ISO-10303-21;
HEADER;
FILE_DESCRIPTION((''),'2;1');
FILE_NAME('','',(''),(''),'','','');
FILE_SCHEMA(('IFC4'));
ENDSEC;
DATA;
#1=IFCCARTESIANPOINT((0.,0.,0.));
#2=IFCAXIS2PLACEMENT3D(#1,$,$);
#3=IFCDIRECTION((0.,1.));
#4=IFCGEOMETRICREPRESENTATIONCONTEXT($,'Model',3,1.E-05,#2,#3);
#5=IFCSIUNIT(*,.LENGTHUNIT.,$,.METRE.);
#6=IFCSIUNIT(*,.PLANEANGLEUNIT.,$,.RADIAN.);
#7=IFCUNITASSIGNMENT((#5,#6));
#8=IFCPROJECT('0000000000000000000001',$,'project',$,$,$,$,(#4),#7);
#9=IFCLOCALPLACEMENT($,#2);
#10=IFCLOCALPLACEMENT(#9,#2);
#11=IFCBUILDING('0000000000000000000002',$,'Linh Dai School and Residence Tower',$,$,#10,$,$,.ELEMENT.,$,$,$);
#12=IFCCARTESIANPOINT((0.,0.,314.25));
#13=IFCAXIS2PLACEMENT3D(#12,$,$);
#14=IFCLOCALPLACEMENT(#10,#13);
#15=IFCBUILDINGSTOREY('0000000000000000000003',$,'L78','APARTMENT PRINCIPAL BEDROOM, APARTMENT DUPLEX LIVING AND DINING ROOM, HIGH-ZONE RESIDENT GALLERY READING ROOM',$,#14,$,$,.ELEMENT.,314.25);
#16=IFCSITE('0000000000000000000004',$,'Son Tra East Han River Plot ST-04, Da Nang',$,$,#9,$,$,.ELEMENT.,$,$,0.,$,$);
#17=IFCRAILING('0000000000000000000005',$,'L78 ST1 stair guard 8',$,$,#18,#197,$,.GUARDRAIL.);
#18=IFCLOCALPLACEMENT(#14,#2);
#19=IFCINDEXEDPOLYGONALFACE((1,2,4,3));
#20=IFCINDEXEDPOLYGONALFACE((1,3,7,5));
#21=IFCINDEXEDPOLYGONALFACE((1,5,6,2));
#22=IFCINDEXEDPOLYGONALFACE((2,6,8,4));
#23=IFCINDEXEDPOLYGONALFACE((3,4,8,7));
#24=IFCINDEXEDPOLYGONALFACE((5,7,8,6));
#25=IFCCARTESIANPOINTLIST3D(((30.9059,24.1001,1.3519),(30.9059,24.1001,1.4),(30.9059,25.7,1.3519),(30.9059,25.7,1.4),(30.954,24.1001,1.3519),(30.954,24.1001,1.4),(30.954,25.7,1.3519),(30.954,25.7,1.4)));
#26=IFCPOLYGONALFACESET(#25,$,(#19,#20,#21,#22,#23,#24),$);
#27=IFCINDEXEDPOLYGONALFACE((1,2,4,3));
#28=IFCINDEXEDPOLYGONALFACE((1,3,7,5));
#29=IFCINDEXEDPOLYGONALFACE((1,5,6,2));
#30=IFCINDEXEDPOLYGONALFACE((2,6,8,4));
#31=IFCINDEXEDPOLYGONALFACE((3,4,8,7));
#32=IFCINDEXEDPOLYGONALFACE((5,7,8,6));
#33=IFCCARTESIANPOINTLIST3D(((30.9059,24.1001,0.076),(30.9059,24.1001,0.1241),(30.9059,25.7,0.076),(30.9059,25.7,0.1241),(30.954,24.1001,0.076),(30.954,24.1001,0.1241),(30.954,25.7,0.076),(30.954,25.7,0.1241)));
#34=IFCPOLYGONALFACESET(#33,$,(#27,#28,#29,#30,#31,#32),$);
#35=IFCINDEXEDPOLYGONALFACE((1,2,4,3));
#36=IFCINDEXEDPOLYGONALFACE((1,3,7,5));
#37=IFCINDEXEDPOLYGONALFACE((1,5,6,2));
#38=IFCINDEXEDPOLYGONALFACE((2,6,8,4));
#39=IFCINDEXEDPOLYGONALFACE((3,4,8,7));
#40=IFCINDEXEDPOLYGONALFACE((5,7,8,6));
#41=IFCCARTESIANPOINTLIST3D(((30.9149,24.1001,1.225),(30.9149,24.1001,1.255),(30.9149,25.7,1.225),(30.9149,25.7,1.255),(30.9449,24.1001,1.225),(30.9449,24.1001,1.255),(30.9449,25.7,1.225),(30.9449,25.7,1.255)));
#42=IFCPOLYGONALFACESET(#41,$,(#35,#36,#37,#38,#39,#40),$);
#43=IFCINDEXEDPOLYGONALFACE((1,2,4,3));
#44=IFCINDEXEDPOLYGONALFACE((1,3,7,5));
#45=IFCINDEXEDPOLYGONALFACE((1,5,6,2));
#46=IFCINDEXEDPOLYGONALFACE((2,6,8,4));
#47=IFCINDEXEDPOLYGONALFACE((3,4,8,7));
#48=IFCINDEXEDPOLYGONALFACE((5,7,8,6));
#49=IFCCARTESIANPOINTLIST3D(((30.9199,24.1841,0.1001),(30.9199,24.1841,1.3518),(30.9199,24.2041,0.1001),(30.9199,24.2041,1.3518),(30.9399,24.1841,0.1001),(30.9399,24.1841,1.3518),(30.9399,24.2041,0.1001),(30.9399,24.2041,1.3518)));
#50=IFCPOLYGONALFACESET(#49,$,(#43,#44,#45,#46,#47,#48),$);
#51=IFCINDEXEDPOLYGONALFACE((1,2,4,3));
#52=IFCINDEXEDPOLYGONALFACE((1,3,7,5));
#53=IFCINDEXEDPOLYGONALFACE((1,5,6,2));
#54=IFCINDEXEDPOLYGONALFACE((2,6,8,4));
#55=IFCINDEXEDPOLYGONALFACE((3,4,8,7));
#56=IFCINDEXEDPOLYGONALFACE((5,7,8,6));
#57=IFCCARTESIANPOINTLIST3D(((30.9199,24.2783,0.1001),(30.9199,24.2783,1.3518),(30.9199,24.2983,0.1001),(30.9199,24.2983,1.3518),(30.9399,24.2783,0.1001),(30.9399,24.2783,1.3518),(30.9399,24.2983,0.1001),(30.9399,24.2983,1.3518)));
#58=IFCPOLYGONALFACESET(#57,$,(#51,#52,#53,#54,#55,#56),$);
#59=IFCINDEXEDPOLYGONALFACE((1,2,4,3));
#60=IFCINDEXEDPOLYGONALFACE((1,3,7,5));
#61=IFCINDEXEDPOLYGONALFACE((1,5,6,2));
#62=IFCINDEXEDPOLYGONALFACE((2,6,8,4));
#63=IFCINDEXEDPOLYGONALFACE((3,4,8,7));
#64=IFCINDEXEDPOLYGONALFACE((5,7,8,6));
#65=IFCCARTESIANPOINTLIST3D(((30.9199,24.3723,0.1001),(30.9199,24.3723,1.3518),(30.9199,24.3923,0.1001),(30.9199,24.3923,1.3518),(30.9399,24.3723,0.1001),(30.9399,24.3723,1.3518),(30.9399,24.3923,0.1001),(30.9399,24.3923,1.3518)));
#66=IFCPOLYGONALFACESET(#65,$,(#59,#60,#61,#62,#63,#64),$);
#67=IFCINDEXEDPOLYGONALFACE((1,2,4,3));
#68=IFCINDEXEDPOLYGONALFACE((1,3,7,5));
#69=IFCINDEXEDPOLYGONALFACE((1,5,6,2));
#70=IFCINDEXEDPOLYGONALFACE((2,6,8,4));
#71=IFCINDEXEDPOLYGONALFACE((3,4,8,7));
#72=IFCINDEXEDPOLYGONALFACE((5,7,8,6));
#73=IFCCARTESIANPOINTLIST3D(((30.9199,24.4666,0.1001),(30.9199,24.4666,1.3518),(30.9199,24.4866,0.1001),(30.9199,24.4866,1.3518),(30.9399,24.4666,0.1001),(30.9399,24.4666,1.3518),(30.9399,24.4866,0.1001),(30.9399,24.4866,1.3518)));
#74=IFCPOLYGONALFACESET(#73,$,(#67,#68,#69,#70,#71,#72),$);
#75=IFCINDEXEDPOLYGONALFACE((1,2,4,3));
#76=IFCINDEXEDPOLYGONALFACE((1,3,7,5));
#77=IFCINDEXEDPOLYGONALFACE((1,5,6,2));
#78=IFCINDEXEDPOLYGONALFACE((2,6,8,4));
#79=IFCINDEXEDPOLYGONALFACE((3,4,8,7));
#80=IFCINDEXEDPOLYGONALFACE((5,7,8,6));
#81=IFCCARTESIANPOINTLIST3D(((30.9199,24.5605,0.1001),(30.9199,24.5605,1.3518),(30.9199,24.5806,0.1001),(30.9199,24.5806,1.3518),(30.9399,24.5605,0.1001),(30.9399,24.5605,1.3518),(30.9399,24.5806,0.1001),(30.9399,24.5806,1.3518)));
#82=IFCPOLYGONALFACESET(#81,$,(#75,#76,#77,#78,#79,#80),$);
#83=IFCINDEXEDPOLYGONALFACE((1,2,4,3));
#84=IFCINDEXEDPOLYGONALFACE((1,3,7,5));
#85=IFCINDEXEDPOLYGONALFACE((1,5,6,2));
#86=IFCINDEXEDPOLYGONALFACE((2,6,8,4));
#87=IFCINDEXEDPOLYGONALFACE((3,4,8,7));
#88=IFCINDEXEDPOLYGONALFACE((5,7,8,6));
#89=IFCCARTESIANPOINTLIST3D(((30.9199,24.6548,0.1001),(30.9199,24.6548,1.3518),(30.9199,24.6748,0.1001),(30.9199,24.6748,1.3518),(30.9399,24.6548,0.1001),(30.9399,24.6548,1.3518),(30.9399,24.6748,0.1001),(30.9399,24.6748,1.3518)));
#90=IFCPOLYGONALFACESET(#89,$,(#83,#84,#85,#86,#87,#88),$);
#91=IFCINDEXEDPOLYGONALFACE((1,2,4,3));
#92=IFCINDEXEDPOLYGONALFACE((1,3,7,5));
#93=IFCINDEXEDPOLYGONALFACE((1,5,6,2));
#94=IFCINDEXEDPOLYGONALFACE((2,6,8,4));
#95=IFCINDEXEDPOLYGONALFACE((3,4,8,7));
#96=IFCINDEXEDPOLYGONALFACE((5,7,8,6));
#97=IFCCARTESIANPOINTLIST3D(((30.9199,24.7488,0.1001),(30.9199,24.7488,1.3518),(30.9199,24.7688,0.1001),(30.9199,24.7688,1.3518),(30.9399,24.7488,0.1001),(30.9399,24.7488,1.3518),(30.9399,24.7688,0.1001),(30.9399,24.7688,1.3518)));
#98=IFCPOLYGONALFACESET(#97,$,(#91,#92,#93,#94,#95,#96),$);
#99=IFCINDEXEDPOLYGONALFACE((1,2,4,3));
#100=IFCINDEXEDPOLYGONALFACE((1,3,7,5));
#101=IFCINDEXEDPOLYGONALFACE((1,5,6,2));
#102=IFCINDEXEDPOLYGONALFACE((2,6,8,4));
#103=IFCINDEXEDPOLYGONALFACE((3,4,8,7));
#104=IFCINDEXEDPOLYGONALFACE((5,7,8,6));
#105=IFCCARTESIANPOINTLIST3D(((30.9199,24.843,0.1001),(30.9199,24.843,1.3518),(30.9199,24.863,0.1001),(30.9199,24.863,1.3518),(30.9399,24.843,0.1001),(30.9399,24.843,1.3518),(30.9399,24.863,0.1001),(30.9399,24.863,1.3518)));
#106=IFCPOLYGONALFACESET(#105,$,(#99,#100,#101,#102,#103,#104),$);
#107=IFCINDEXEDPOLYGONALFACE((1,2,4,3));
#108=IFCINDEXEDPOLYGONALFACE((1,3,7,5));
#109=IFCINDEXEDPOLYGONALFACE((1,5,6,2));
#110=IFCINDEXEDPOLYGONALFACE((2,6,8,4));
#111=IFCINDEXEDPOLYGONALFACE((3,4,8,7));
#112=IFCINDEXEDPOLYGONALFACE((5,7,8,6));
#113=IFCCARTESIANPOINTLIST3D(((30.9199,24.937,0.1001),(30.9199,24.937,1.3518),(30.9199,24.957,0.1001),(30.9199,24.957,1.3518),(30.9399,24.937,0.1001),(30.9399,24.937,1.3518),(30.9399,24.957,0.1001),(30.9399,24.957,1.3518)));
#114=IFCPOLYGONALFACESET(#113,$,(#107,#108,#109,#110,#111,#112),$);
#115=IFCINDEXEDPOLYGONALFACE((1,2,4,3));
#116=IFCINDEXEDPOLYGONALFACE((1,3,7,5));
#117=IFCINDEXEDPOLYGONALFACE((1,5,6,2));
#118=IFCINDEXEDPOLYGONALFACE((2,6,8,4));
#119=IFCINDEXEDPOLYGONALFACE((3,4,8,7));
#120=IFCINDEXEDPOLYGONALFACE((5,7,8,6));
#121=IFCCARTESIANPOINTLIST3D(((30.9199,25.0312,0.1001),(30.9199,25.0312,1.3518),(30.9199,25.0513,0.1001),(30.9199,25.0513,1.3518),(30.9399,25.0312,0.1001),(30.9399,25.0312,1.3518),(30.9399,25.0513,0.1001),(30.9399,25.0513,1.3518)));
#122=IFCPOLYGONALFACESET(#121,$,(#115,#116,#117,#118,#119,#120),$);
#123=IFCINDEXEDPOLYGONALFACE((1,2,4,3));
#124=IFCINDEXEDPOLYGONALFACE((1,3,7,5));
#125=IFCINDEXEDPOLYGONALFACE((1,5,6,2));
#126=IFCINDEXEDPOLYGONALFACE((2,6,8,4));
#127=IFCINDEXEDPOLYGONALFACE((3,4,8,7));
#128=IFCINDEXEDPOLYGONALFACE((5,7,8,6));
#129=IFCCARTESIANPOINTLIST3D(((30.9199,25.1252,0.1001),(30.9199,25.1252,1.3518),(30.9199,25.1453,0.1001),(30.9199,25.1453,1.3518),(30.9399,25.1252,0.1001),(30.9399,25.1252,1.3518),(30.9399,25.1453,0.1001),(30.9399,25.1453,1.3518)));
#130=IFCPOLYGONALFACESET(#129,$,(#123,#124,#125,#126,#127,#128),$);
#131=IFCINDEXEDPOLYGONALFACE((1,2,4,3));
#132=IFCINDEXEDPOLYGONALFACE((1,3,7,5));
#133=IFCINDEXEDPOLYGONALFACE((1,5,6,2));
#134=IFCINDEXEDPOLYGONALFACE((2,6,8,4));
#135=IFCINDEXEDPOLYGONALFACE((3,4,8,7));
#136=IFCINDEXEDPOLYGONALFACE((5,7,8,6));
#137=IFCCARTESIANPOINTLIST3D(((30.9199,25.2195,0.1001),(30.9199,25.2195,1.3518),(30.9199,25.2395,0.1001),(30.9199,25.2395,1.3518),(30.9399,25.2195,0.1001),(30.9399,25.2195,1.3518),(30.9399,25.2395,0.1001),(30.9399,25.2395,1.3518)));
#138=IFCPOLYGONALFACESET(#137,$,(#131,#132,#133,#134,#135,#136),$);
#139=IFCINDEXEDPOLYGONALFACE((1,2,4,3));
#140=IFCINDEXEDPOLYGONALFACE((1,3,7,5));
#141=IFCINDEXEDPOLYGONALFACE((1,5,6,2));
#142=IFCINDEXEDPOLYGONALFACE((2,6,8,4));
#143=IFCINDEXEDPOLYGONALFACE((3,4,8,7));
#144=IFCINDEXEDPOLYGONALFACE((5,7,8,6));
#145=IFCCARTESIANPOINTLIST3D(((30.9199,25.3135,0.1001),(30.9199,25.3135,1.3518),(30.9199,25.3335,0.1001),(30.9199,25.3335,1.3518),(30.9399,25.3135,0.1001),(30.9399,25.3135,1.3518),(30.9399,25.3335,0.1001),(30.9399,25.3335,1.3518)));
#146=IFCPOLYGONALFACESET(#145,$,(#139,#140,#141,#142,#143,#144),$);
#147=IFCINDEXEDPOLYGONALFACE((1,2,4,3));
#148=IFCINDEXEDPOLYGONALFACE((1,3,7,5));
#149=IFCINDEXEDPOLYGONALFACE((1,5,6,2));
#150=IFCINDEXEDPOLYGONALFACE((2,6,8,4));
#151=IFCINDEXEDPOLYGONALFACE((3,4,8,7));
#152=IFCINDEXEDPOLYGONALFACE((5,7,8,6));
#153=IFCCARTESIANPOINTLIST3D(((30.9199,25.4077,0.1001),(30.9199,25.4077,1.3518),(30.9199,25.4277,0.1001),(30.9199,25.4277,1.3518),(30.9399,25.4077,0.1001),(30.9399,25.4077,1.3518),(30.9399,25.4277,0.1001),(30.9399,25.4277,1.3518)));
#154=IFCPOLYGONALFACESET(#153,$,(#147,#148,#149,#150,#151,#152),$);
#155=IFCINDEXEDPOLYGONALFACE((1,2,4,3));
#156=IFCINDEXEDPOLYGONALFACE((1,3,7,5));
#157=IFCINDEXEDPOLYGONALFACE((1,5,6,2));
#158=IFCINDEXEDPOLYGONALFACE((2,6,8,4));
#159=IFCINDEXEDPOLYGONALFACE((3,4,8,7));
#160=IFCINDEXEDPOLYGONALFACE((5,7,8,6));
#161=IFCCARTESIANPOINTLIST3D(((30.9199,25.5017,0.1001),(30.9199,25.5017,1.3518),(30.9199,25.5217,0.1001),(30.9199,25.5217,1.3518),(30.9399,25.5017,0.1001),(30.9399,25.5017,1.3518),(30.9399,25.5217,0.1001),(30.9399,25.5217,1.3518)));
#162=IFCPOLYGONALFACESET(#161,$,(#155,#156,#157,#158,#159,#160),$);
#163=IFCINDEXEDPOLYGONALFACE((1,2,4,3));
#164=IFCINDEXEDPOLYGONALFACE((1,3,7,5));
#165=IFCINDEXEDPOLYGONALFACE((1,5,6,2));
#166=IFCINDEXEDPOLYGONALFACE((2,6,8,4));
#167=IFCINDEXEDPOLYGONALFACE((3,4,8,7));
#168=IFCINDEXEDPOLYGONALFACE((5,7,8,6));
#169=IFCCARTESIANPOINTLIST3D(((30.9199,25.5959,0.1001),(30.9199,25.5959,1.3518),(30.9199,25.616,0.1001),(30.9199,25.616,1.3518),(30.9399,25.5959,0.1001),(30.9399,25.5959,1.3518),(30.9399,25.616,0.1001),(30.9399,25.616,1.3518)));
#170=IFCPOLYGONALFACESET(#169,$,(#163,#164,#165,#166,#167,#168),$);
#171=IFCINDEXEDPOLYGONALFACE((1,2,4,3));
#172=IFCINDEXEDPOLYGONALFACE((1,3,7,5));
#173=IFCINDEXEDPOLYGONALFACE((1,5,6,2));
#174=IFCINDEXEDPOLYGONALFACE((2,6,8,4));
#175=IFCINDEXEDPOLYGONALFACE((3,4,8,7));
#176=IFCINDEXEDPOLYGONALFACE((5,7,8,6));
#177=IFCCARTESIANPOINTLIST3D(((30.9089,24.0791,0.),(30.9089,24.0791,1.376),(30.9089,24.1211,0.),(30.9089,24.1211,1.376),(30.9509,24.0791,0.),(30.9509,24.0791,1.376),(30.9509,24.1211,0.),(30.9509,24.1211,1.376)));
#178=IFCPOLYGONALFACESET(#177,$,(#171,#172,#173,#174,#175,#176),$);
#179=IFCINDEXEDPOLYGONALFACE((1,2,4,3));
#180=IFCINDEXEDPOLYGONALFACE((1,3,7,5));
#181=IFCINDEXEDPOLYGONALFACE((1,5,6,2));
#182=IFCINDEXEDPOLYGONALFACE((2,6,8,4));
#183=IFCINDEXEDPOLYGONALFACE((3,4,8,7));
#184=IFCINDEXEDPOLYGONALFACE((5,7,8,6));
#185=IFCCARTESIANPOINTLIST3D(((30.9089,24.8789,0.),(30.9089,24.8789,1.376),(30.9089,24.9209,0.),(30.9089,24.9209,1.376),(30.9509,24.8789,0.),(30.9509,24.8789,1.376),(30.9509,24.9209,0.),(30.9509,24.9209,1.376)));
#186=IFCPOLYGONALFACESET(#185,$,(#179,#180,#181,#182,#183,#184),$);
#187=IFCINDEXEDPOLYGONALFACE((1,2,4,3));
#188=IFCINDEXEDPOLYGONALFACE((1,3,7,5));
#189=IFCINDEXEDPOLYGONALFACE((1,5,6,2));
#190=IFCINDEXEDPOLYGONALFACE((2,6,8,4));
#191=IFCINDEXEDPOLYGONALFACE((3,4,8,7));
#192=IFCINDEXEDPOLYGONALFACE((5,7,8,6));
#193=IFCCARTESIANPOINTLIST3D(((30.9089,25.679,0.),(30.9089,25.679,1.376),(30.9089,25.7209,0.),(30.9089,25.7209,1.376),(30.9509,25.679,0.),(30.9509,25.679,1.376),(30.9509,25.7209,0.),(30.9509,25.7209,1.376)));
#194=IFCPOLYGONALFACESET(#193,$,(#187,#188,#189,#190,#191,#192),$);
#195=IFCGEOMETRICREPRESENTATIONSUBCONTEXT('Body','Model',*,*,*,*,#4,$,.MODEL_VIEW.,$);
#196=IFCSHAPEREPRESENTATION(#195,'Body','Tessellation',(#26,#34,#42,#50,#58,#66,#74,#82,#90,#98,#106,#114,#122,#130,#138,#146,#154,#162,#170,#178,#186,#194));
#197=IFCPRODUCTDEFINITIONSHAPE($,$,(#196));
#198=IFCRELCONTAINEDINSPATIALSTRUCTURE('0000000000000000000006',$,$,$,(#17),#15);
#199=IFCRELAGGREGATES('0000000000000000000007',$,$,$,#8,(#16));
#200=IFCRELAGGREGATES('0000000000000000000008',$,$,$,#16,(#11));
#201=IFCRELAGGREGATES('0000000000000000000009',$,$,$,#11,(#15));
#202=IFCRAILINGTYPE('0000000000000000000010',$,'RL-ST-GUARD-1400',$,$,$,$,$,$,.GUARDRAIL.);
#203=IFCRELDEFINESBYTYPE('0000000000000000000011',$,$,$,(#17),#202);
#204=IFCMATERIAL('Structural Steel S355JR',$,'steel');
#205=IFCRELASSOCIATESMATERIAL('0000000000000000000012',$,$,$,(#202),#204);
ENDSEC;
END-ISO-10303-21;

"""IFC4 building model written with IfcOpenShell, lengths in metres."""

from ifc_helpers import new_model, si_unit, direction, frame, origin, origin_2d, place, context, subcontext, project, spatial, rectangle, extrude, source, transform, mapped, material, type_object, element, save


model = new_model("IFC4")

# Units and contexts
model_context = context("Model", 3, precision=1e-05, world=origin(), true_north=direction((0.0, 1.0)))
body_context = subcontext(model_context, "Body", "Model", "MODEL_VIEW")
ifc_project = project(units=[si_unit("LENGTHUNIT", "METRE"), si_unit("PLANEANGLEUNIT", "RADIAN")], contexts=[model_context])

# Site, building, storey
site_placement = place(None, origin())
site = spatial("IfcSite", under=ifc_project, at=site_placement, Name="Son Tra East Han River Plot ST-04, Da Nang", CompositionType="ELEMENT", RefElevation=0.0)
building_placement = place(site_placement, origin())
building = spatial("IfcBuilding", under=site, at=building_placement, Name="Linh Dai School and Residence Tower", CompositionType="ELEMENT")
storey_placement = place(building_placement, frame((0.0, 0.0, 314.25)))
storey = spatial("IfcBuildingStorey", under=building, at=storey_placement, Name="L78", Description="APARTMENT PRINCIPAL BEDROOM, APARTMENT DUPLEX LIVING AND DINING ROOM, HIGH-ZONE RESIDENT GALLERY READING ROOM", CompositionType="ELEMENT", Elevation=314.25)

# Shared definitions
ifc_material_1 = material(Name="Structural Steel S355JR", Category="steel")

# Railing
railing_type_1 = type_object("IfcRailingType", Name="RL-ST-GUARD-1400", PredefinedType="GUARDRAIL", material=ifc_material_1)
shared_shape_1 = source(origin(), body_context, "Body", "SweptSolid", [
    extrude(rectangle(XDim=0.0481, YDim=0.0481, at=origin_2d()), frame((0.0, 0.0, 1.376), z_axis=(0.0, 1.0, 0.0), x_axis=(-1.0, 0.0, 0.0)), (0.0, 0.0, 1.0), 1.5999),
    extrude(rectangle(XDim=0.0481, YDim=0.0481, at=origin_2d()), frame((0.0, 0.0, 0.1001), z_axis=(0.0, 1.0, 0.0), x_axis=(-1.0, 0.0, 0.0)), (0.0, 0.0, 1.0), 1.5999),
    extrude(rectangle(XDim=0.03, YDim=0.03, at=origin_2d()), frame((0.0, 0.0, 1.24), z_axis=(0.0, 1.0, 0.0), x_axis=(-1.0, 0.0, 0.0)), (0.0, 0.0, 1.0), 1.5999),
    extrude(rectangle(XDim=0.02, YDim=0.02, at=origin_2d()), frame((0.0, 0.094, 0.1001)), (0.0, 0.0, 1.0), 1.2517),
    extrude(rectangle(XDim=0.02, YDim=0.02, at=origin_2d()), frame((0.0, 0.1882, 0.1001)), (0.0, 0.0, 1.0), 1.2517),
    extrude(rectangle(XDim=0.02, YDim=0.02, at=origin_2d()), frame((0.0, 0.2822, 0.1001)), (0.0, 0.0, 1.0), 1.2517),
    extrude(rectangle(XDim=0.02, YDim=0.02, at=origin_2d()), frame((0.0, 0.3765, 0.1001)), (0.0, 0.0, 1.0), 1.2517),
    extrude(rectangle(XDim=0.02, YDim=0.02, at=origin_2d()), frame((0.0, 0.4705, 0.1001)), (0.0, 0.0, 1.0), 1.2517),
    extrude(rectangle(XDim=0.02, YDim=0.02, at=origin_2d()), frame((0.0, 0.5647, 0.1001)), (0.0, 0.0, 1.0), 1.2517),
    extrude(rectangle(XDim=0.02, YDim=0.02, at=origin_2d()), frame((0.0, 0.6587, 0.1001)), (0.0, 0.0, 1.0), 1.2517),
    extrude(rectangle(XDim=0.02, YDim=0.02, at=origin_2d()), frame((0.0, 0.7529, 0.1001)), (0.0, 0.0, 1.0), 1.2517),
    extrude(rectangle(XDim=0.02, YDim=0.02, at=origin_2d()), frame((0.0, 0.8469, 0.1001)), (0.0, 0.0, 1.0), 1.2517),
    extrude(rectangle(XDim=0.02, YDim=0.02, at=origin_2d()), frame((0.0, 0.9412, 0.1001)), (0.0, 0.0, 1.0), 1.2517),
    extrude(rectangle(XDim=0.02, YDim=0.02, at=origin_2d()), frame((0.0, 1.0352, 0.1001)), (0.0, 0.0, 1.0), 1.2517),
    extrude(rectangle(XDim=0.02, YDim=0.02, at=origin_2d()), frame((0.0, 1.1294, 0.1001)), (0.0, 0.0, 1.0), 1.2517),
    extrude(rectangle(XDim=0.02, YDim=0.02, at=origin_2d()), frame((0.0, 1.2234, 0.1001)), (0.0, 0.0, 1.0), 1.2517),
    extrude(rectangle(XDim=0.02, YDim=0.02, at=origin_2d()), frame((0.0, 1.3176, 0.1001)), (0.0, 0.0, 1.0), 1.2517),
    extrude(rectangle(XDim=0.02, YDim=0.02, at=origin_2d()), frame((0.0, 1.4116, 0.1001)), (0.0, 0.0, 1.0), 1.2517),
    extrude(rectangle(XDim=0.02, YDim=0.02, at=origin_2d()), frame((0.0, 1.5059, 0.1001)), (0.0, 0.0, 1.0), 1.2517),
    extrude(rectangle(XDim=0.042, YDim=0.042, at=origin_2d()), origin(), (0.0, 0.0, 1.0), 1.376),
    extrude(rectangle(XDim=0.042, YDim=0.042, at=origin_2d()), frame((0.0, 0.7998, 0.0)), (0.0, 0.0, 1.0), 1.376),
    extrude(rectangle(XDim=0.042, YDim=0.042, at=origin_2d()), frame((0.0, 1.5999, 0.0)), (0.0, 0.0, 1.0), 1.376),
])
for number, where, name in (
    (1, (30.9299, 24.1001, 0.0), "L78 ST1 stair guard 8"),
):
    element("IfcRailing", number, at=place(storey_placement, frame(where)), inside=storey, type_object=railing_type_1, Name=name, PredefinedType="GUARDRAIL", context=body_context, shape_type="MappedRepresentation", body=[
        mapped(shared_shape_1, transform((0.0, 0.0, 0.0), x_axis=(1.0, 0.0, 0.0), y_axis=(0.0, 1.0, 0.0), z_axis=(0.0, 0.0, 1.0), scale=1.0)),
    ])

save(model, "model.ifc")
